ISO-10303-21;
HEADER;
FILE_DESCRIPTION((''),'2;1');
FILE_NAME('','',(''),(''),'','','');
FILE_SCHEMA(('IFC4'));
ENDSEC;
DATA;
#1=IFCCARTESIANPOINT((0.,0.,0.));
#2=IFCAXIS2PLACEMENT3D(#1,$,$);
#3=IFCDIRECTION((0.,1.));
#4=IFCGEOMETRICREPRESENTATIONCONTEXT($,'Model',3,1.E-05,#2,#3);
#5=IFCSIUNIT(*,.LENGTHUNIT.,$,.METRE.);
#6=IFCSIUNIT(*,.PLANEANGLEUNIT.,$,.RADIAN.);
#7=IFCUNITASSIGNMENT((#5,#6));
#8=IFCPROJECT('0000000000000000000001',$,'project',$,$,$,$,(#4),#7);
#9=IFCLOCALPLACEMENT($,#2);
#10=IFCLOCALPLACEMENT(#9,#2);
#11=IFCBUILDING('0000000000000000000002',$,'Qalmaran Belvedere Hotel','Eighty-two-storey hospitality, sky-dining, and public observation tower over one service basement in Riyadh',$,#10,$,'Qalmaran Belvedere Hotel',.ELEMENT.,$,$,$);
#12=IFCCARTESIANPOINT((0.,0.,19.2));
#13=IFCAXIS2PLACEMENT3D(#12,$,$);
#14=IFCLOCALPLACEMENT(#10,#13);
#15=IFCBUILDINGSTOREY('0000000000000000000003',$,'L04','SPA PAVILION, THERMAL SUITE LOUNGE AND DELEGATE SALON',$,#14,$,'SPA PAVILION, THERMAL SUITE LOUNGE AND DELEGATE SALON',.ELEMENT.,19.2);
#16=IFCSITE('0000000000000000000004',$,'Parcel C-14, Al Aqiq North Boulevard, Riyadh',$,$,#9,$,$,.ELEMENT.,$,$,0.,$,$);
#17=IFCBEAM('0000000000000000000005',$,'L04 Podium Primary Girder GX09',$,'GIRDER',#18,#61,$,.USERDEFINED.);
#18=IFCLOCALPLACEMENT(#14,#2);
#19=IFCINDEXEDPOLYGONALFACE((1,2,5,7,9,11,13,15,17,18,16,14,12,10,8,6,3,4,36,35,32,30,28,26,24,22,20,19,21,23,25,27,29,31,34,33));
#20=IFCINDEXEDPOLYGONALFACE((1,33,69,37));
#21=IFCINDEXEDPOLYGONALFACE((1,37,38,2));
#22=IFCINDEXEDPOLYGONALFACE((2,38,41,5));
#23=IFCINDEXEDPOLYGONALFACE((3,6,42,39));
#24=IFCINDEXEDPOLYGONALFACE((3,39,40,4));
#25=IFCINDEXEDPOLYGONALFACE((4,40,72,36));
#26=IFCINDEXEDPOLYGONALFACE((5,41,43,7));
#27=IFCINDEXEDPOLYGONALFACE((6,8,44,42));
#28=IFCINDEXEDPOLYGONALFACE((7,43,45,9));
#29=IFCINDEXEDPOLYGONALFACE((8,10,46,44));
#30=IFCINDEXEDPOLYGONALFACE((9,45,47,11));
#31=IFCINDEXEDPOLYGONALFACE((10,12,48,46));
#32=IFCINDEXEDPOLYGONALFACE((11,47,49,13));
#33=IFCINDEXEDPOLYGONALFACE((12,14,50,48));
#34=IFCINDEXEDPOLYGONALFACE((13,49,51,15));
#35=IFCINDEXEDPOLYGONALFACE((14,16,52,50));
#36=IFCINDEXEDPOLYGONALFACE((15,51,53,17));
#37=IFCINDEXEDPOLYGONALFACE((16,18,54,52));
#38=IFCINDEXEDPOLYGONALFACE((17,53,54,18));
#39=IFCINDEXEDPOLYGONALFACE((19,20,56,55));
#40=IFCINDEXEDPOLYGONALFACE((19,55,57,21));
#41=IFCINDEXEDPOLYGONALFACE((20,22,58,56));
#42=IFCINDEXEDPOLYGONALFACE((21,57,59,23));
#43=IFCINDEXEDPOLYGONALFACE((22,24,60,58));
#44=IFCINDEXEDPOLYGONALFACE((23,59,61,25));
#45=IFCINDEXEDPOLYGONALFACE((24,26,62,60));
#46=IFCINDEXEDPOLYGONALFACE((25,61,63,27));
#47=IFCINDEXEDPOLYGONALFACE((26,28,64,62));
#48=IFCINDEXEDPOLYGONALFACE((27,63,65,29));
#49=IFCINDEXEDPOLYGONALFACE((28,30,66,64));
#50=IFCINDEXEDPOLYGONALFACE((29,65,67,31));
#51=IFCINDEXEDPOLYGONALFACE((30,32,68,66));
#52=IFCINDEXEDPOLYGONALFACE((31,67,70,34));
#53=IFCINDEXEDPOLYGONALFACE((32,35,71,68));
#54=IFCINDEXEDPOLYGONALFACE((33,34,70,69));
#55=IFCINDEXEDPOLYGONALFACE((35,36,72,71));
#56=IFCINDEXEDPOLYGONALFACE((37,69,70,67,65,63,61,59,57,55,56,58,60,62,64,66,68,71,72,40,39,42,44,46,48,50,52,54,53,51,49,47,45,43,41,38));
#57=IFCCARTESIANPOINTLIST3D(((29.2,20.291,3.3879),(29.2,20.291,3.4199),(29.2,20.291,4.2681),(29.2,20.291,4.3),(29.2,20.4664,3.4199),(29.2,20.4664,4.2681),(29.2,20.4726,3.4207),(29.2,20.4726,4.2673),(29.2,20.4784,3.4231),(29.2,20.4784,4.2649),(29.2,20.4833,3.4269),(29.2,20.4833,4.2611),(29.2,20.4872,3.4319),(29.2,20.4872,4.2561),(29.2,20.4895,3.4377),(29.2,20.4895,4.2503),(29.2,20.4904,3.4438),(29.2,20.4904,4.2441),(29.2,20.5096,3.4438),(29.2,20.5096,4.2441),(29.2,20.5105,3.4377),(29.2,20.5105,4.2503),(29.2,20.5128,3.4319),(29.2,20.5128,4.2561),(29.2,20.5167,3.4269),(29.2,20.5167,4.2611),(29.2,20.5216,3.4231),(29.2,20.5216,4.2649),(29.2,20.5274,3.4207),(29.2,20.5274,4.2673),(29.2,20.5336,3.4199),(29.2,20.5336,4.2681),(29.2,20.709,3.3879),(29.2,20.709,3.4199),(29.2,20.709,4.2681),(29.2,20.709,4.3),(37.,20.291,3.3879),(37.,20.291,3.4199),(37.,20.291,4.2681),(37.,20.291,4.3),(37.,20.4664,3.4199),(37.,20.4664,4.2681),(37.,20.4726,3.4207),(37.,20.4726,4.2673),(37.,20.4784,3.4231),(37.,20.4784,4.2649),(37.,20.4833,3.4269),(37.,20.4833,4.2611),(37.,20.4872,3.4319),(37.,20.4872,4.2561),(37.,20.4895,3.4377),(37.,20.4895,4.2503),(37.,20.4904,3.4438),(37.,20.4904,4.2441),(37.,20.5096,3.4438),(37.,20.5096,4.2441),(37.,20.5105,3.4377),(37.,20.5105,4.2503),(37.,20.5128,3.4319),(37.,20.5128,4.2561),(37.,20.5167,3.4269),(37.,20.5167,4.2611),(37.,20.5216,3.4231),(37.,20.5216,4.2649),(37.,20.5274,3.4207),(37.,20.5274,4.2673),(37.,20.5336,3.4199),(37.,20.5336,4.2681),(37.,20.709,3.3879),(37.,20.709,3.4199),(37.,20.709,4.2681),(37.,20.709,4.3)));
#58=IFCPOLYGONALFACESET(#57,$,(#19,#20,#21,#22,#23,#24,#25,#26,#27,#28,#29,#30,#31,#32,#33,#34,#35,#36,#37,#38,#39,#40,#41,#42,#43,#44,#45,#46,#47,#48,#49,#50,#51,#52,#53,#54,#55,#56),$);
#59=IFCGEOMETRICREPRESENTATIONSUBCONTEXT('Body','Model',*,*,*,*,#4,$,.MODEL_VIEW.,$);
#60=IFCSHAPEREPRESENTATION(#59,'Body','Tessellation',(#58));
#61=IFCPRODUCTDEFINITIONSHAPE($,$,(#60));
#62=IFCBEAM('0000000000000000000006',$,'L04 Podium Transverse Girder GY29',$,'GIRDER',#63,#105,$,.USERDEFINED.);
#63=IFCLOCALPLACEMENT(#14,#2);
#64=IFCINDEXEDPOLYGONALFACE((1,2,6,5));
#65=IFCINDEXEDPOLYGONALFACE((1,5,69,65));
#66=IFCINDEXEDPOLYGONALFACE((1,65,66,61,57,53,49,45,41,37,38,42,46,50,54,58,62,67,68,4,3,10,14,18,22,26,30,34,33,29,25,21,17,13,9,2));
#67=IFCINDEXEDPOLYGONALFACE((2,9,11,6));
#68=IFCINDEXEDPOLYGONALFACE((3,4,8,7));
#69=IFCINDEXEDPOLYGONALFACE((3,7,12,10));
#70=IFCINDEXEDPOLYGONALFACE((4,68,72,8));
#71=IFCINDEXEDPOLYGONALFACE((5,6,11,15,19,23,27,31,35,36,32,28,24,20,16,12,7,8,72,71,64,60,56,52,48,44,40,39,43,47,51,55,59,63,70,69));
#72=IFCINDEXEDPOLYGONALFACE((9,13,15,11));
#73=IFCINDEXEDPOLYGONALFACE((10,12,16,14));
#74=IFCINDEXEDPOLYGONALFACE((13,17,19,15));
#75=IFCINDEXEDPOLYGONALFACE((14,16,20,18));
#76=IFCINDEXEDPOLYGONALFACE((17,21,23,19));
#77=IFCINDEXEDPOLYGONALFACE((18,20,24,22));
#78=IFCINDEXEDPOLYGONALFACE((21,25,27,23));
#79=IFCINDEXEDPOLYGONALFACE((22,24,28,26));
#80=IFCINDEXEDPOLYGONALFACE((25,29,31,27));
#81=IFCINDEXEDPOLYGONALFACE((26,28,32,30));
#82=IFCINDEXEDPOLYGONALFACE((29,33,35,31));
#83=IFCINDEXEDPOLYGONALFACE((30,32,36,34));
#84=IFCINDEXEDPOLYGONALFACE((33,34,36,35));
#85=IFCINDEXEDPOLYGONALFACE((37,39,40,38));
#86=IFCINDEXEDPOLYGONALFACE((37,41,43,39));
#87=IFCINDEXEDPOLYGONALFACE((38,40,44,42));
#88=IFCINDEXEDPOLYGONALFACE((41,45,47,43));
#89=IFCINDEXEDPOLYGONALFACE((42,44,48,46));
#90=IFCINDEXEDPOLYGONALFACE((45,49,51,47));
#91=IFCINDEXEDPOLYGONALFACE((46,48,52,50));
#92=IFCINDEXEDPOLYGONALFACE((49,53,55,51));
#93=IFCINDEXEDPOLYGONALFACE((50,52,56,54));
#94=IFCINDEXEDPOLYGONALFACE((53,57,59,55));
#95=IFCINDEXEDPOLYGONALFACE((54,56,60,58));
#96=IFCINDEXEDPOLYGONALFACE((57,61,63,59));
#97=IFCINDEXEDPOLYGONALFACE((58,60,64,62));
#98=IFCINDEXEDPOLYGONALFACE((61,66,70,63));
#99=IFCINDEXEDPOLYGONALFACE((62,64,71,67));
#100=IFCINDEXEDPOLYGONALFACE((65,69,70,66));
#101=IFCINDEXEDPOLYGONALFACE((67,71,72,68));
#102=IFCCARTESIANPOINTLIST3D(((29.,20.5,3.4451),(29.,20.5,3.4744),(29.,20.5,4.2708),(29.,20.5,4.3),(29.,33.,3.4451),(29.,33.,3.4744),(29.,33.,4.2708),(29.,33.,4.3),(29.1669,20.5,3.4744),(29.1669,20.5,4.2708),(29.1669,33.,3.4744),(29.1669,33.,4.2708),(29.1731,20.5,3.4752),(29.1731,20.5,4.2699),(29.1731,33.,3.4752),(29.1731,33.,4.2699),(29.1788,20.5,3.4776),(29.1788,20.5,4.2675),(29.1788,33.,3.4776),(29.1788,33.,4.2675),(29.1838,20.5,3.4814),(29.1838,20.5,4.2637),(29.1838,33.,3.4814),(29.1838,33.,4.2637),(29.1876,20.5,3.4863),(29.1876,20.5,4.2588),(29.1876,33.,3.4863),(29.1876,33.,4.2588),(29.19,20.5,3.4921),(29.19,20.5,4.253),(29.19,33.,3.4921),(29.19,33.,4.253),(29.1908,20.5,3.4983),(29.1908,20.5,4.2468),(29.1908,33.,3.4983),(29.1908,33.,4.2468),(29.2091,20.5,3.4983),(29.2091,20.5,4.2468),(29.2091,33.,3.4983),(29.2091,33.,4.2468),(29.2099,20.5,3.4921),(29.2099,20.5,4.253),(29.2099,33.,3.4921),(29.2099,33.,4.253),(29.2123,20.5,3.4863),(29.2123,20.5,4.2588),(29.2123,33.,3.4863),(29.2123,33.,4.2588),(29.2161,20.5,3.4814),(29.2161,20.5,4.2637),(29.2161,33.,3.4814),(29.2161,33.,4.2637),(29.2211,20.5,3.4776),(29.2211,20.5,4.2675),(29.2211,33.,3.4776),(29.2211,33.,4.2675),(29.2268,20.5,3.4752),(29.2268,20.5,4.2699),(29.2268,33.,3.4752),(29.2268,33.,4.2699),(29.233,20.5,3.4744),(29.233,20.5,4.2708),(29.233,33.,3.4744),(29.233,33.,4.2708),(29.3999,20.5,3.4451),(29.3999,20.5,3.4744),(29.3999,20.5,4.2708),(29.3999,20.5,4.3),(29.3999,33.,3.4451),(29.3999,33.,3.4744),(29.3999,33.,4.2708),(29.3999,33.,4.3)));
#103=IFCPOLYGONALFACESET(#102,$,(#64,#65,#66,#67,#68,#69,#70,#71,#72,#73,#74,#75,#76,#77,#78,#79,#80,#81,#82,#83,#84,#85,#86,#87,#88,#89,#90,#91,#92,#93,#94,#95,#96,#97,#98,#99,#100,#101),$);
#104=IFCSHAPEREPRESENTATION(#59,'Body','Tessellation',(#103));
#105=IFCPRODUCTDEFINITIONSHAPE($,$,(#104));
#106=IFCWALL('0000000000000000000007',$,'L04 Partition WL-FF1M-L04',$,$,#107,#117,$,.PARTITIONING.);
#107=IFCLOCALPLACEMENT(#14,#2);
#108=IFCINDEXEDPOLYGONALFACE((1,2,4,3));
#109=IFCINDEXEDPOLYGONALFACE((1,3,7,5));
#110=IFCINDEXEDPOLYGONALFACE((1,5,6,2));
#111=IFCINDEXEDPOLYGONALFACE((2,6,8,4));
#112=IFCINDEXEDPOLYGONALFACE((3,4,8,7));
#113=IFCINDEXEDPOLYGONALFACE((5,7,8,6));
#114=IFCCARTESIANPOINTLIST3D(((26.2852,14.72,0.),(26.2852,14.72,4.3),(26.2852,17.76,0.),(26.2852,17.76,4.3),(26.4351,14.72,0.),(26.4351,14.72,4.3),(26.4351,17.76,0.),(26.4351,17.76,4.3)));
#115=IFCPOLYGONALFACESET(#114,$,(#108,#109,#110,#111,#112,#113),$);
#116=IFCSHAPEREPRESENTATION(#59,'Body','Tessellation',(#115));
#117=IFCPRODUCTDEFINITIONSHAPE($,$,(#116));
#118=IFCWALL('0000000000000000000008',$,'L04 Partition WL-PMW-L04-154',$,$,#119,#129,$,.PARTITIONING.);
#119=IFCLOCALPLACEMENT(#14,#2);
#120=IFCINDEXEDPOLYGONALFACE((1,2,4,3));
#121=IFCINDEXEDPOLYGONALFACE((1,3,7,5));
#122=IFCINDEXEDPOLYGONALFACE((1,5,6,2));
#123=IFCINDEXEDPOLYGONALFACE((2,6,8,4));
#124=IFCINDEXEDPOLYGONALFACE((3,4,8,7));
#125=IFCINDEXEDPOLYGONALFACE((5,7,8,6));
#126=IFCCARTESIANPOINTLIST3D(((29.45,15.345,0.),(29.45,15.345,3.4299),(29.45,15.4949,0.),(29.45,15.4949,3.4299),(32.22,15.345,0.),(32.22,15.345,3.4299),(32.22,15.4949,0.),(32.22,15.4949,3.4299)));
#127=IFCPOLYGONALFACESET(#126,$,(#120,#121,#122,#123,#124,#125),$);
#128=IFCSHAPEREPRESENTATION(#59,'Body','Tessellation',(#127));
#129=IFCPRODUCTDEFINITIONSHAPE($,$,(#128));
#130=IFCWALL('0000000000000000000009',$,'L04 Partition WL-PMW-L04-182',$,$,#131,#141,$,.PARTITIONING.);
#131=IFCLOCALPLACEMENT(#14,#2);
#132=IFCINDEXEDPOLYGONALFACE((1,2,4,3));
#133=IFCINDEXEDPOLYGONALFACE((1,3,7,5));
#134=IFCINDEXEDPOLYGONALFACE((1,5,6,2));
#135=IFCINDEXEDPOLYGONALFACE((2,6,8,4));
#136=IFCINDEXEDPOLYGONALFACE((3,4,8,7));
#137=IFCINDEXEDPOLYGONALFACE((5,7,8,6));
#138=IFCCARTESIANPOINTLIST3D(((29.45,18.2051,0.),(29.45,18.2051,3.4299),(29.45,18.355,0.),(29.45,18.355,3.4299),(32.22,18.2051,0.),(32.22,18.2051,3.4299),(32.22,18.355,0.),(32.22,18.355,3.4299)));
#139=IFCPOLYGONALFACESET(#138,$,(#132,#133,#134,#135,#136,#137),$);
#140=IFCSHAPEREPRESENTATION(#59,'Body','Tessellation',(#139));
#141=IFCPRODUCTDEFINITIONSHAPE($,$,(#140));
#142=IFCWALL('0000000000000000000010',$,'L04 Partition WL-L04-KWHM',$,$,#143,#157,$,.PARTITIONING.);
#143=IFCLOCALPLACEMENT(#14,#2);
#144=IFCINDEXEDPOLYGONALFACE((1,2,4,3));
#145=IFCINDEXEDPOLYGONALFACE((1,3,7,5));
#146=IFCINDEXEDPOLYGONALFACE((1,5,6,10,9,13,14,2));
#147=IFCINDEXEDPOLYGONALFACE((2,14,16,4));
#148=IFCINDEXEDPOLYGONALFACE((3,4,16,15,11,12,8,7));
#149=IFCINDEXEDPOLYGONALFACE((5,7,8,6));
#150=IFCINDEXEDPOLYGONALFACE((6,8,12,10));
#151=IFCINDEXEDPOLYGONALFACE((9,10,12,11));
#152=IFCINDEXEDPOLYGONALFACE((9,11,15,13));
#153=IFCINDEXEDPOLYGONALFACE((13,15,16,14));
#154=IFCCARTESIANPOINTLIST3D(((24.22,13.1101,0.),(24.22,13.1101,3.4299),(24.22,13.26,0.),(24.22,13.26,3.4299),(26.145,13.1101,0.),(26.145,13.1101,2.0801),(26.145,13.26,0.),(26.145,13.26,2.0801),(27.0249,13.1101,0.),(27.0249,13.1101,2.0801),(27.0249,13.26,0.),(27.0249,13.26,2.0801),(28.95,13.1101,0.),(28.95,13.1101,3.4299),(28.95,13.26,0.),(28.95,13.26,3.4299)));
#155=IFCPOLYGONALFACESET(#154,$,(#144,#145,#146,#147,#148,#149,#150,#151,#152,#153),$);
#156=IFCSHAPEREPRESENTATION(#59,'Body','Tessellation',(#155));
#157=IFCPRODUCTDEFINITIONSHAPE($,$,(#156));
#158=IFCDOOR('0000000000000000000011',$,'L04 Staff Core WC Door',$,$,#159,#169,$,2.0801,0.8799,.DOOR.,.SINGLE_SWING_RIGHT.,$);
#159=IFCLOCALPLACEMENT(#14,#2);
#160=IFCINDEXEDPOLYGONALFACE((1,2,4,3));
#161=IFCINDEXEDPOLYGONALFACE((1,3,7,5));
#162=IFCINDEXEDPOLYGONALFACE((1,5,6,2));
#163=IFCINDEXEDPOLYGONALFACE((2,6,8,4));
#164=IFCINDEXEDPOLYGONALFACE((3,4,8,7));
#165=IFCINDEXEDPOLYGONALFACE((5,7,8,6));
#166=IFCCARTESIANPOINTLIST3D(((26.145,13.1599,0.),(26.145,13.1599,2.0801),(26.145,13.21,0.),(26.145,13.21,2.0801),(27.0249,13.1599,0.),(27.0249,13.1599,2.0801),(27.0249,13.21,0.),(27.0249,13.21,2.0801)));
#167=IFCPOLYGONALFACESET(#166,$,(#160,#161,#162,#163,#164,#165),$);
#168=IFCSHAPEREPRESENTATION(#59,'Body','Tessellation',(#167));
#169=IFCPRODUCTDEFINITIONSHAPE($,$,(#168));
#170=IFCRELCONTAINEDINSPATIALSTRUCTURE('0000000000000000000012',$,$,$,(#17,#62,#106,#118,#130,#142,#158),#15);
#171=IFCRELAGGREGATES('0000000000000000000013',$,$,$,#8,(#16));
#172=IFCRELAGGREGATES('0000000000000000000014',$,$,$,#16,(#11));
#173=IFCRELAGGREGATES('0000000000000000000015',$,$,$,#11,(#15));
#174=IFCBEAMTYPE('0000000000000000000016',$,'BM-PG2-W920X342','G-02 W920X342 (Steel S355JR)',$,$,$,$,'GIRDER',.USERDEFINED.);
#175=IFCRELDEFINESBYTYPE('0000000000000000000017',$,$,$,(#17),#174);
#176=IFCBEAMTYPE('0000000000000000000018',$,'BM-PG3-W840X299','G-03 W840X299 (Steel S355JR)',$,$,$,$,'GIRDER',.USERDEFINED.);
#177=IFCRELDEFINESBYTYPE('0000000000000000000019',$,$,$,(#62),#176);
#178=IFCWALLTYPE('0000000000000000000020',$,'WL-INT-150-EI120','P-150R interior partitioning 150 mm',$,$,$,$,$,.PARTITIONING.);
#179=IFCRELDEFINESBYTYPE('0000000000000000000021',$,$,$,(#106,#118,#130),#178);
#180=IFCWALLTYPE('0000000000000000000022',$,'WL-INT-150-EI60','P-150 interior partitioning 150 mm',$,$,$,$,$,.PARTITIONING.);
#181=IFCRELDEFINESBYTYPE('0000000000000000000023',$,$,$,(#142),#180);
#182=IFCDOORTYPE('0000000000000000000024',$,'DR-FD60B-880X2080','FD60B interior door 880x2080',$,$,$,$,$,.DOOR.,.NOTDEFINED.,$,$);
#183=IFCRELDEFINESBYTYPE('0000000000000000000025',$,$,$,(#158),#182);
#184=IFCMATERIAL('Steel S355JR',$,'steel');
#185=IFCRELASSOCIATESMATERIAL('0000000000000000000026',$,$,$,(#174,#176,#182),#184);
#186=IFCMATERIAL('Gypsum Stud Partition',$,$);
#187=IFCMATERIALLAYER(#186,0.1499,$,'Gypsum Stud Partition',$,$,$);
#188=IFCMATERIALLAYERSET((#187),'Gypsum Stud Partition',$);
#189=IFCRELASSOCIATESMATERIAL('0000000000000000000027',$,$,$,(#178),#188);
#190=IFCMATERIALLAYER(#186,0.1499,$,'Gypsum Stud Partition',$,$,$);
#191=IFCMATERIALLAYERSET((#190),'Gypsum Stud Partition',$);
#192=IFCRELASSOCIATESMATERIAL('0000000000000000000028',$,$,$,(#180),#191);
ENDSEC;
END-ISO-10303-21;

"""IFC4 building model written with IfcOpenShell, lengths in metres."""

from ifc_helpers import new_model, si_unit, direction, frame, frame_2d, origin, origin_2d, place, context, subcontext, project, spatial, rectangle, i_section, extrude, material, layer, layer_set, material_profile, profile_set, type_object, element, fill, save


model = new_model("IFC4")

# Units and contexts
model_context = context("Model", 3, precision=1e-05, world=origin(), true_north=direction((0.0, 1.0)))
body_context = subcontext(model_context, "Body", "Model", "MODEL_VIEW")
ifc_project = project(units=[si_unit("LENGTHUNIT", "METRE"), si_unit("PLANEANGLEUNIT", "RADIAN")], contexts=[model_context])

# Site, building, storey
site_placement = place(None, origin())
site = spatial("IfcSite", under=ifc_project, at=site_placement, Name="Parcel C-14, Al Aqiq North Boulevard, Riyadh", CompositionType="ELEMENT", RefElevation=0.0)
building_placement = place(site_placement, origin())
building = spatial("IfcBuilding", under=site, at=building_placement, Name="Qalmaran Belvedere Hotel", Description="Eighty-two-storey hospitality, sky-dining, and public observation tower over one service basement in Riyadh", LongName="Qalmaran Belvedere Hotel", CompositionType="ELEMENT")
storey_placement = place(building_placement, frame((0.0, 0.0, 19.2)))
storey = spatial("IfcBuildingStorey", under=building, at=storey_placement, Name="L04", Description="SPA PAVILION, THERMAL SUITE LOUNGE AND DELEGATE SALON", LongName="SPA PAVILION, THERMAL SUITE LOUNGE AND DELEGATE SALON", CompositionType="ELEMENT", Elevation=19.2)

# Beams
ifc_material_1 = material(Name="Steel S355JR", Category="steel")
ifc_material_profile_1 = material_profile(ifc_material_1, i_section(OverallWidth=0.418, OverallDepth=0.9121, WebThickness=0.0193, FlangeThickness=0.032, FilletRadius=0.0239, at=origin_2d()), Name="W920X342")
ifc_profile_set_1 = profile_set([ifc_material_profile_1], Name="Steel S355JR")
beam_type_1 = type_object("IfcBeamType", Name="BM-PG2-W920X342", Description="G-02 W920X342 (Steel S355JR)", ElementType="GIRDER", PredefinedType="USERDEFINED", material=ifc_profile_set_1)
beam_1_placement = place(storey_placement, frame((29.2, 20.5, 3.844), z_axis=(1.0, 0.0, 0.0), x_axis=(0.0, 1.0, 0.0)))
element("IfcBeam", 1, at=beam_1_placement, inside=storey, type_object=beam_type_1, Name="L04 Podium Primary Girder GX09", ObjectType="GIRDER", PredefinedType="USERDEFINED", context=body_context, shape_type="SweptSolid", body=[
    extrude(i_section(OverallWidth=0.418, OverallDepth=0.9121, WebThickness=0.0193, FlangeThickness=0.032, FilletRadius=0.0239, at=origin_2d()), origin(), (0.0, 0.0, 1.0), 7.8),
])
ifc_material_profile_2 = material_profile(ifc_material_1, i_section(OverallWidth=0.3999, OverallDepth=0.855, WebThickness=0.0183, FlangeThickness=0.0293, FilletRadius=0.0239, at=origin_2d()), Name="W840X299")
ifc_profile_set_2 = profile_set([ifc_material_profile_2], Name="Steel S355JR")
beam_type_2 = type_object("IfcBeamType", Name="BM-PG3-W840X299", Description="G-03 W840X299 (Steel S355JR)", ElementType="GIRDER", PredefinedType="USERDEFINED", material=ifc_profile_set_2)
beam_2_placement = place(storey_placement, frame((29.2, 20.5, 3.8726), z_axis=(0.0, 1.0, 0.0), x_axis=(-1.0, 0.0, 0.0)))
element("IfcBeam", 2, at=beam_2_placement, inside=storey, type_object=beam_type_2, Name="L04 Podium Transverse Girder GY29", ObjectType="GIRDER", PredefinedType="USERDEFINED", context=body_context, shape_type="SweptSolid", body=[
    extrude(i_section(OverallWidth=0.3999, OverallDepth=0.855, WebThickness=0.0183, FlangeThickness=0.0293, FilletRadius=0.0239, at=origin_2d()), origin(), (0.0, 0.0, 1.0), 12.5),
])

# Walls
ifc_material_2 = material(Name="Gypsum Stud Partition")
ifc_layer_1 = layer(ifc_material_2, 0.1499, Name="Gypsum Stud Partition")
ifc_layer_set_1 = layer_set([ifc_layer_1], Name="Gypsum Stud Partition")
wall_type_1 = type_object("IfcWallType", Name="WL-INT-150-EI120", Description="P-150R interior partitioning 150 mm", PredefinedType="PARTITIONING", material=ifc_layer_set_1)
wall_1_placement = place(storey_placement, frame((26.3601, 14.72, 0.0), z_axis=(0.0, 0.0, 1.0), x_axis=(0.0, 1.0, 0.0)))
element("IfcWall", 3, at=wall_1_placement, inside=storey, type_object=wall_type_1, Name="L04 Partition WL-FF1M-L04", PredefinedType="PARTITIONING", context=body_context, shape_type="SweptSolid", body=[
    extrude(rectangle(XDim=3.04, YDim=0.1499, at=frame_2d((1.52, 0.0))), origin(), (0.0, 0.0, 1.0), 4.3),
])
for number, where, z_axis, x_axis, name in (
    (4, (29.45, 15.4199, 0.0), (0.0, 0.0, 1.0), (1.0, 0.0, 0.0), "L04 Partition WL-PMW-L04-154"),
    (5, (29.45, 18.28, 0.0), (0.0, 0.0, 1.0), (1.0, 0.0, 0.0), "L04 Partition WL-PMW-L04-182"),
):
    element("IfcWall", number, at=place(storey_placement, frame(where, z_axis=z_axis, x_axis=x_axis)), inside=storey, type_object=wall_type_1, Name=name, PredefinedType="PARTITIONING", context=body_context, shape_type="SweptSolid", body=[
        extrude(rectangle(XDim=2.77, YDim=0.1499, at=frame_2d((1.385, 0.0))), origin(), (0.0, 0.0, 1.0), 3.4299),
    ])

# Wall, opening, door
ifc_layer_2 = layer(ifc_material_2, 0.1499, Name="Gypsum Stud Partition")
ifc_layer_set_2 = layer_set([ifc_layer_2], Name="Gypsum Stud Partition")
wall_type_2 = type_object("IfcWallType", Name="WL-INT-150-EI60", Description="P-150 interior partitioning 150 mm", PredefinedType="PARTITIONING", material=ifc_layer_set_2)
wall_2_placement = place(storey_placement, frame((24.22, 13.1851, 0.0), z_axis=(0.0, 0.0, 1.0), x_axis=(1.0, 0.0, 0.0)))
wall_2 = element("IfcWall", 6, at=wall_2_placement, inside=storey, type_object=wall_type_2, Name="L04 Partition WL-L04-KWHM", PredefinedType="PARTITIONING", context=body_context, shape_type="SweptSolid", body=[
    extrude(rectangle(XDim=4.73, YDim=0.1499, at=frame_2d((2.365, 0.0))), origin(), (0.0, 0.0, 1.0), 3.4299),
])
opening_1_placement = place(wall_2_placement, frame((1.925, 0.0, 0.0)))
opening_1 = element("IfcOpeningElement", 7, at=opening_1_placement, cuts=wall_2, PredefinedType="OPENING", context=body_context, shape_type="SweptSolid", body=[
    extrude(rectangle(XDim=0.8799, YDim=2.0801, at=frame_2d((0.4399, 1.04))), frame((0.0, 0.085, 0.0), z_axis=(0.0, -1.0, 0.0), x_axis=(1.0, 0.0, 0.0)), (0.0, 0.0, 1.0), 0.1699),
])
door_type_1 = type_object("IfcDoorType", Name="DR-FD60B-880X2080", Description="FD60B interior door 880x2080", OperationType="NOTDEFINED", PredefinedType="DOOR", material=ifc_material_1)
door_1_placement = place(opening_1_placement, origin())
door_1 = element("IfcDoor", 8, at=door_1_placement, inside=storey, type_object=door_type_1, Name="L04 Staff Core WC Door", OperationType="SINGLE_SWING_RIGHT", OverallHeight=2.0801, OverallWidth=0.8799, PredefinedType="DOOR", context=body_context, shape_type="SweptSolid", body=[
    extrude(rectangle(XDim=0.8799, YDim=2.0801, at=frame_2d((0.4399, 1.04))), frame((0.0, 0.0249, 0.0), z_axis=(0.0, -1.0, 0.0), x_axis=(1.0, 0.0, 0.0)), (0.0, 0.0, 1.0), 0.05),
])
fill(opening_1, door_1)

save(model, "model.ifc")
